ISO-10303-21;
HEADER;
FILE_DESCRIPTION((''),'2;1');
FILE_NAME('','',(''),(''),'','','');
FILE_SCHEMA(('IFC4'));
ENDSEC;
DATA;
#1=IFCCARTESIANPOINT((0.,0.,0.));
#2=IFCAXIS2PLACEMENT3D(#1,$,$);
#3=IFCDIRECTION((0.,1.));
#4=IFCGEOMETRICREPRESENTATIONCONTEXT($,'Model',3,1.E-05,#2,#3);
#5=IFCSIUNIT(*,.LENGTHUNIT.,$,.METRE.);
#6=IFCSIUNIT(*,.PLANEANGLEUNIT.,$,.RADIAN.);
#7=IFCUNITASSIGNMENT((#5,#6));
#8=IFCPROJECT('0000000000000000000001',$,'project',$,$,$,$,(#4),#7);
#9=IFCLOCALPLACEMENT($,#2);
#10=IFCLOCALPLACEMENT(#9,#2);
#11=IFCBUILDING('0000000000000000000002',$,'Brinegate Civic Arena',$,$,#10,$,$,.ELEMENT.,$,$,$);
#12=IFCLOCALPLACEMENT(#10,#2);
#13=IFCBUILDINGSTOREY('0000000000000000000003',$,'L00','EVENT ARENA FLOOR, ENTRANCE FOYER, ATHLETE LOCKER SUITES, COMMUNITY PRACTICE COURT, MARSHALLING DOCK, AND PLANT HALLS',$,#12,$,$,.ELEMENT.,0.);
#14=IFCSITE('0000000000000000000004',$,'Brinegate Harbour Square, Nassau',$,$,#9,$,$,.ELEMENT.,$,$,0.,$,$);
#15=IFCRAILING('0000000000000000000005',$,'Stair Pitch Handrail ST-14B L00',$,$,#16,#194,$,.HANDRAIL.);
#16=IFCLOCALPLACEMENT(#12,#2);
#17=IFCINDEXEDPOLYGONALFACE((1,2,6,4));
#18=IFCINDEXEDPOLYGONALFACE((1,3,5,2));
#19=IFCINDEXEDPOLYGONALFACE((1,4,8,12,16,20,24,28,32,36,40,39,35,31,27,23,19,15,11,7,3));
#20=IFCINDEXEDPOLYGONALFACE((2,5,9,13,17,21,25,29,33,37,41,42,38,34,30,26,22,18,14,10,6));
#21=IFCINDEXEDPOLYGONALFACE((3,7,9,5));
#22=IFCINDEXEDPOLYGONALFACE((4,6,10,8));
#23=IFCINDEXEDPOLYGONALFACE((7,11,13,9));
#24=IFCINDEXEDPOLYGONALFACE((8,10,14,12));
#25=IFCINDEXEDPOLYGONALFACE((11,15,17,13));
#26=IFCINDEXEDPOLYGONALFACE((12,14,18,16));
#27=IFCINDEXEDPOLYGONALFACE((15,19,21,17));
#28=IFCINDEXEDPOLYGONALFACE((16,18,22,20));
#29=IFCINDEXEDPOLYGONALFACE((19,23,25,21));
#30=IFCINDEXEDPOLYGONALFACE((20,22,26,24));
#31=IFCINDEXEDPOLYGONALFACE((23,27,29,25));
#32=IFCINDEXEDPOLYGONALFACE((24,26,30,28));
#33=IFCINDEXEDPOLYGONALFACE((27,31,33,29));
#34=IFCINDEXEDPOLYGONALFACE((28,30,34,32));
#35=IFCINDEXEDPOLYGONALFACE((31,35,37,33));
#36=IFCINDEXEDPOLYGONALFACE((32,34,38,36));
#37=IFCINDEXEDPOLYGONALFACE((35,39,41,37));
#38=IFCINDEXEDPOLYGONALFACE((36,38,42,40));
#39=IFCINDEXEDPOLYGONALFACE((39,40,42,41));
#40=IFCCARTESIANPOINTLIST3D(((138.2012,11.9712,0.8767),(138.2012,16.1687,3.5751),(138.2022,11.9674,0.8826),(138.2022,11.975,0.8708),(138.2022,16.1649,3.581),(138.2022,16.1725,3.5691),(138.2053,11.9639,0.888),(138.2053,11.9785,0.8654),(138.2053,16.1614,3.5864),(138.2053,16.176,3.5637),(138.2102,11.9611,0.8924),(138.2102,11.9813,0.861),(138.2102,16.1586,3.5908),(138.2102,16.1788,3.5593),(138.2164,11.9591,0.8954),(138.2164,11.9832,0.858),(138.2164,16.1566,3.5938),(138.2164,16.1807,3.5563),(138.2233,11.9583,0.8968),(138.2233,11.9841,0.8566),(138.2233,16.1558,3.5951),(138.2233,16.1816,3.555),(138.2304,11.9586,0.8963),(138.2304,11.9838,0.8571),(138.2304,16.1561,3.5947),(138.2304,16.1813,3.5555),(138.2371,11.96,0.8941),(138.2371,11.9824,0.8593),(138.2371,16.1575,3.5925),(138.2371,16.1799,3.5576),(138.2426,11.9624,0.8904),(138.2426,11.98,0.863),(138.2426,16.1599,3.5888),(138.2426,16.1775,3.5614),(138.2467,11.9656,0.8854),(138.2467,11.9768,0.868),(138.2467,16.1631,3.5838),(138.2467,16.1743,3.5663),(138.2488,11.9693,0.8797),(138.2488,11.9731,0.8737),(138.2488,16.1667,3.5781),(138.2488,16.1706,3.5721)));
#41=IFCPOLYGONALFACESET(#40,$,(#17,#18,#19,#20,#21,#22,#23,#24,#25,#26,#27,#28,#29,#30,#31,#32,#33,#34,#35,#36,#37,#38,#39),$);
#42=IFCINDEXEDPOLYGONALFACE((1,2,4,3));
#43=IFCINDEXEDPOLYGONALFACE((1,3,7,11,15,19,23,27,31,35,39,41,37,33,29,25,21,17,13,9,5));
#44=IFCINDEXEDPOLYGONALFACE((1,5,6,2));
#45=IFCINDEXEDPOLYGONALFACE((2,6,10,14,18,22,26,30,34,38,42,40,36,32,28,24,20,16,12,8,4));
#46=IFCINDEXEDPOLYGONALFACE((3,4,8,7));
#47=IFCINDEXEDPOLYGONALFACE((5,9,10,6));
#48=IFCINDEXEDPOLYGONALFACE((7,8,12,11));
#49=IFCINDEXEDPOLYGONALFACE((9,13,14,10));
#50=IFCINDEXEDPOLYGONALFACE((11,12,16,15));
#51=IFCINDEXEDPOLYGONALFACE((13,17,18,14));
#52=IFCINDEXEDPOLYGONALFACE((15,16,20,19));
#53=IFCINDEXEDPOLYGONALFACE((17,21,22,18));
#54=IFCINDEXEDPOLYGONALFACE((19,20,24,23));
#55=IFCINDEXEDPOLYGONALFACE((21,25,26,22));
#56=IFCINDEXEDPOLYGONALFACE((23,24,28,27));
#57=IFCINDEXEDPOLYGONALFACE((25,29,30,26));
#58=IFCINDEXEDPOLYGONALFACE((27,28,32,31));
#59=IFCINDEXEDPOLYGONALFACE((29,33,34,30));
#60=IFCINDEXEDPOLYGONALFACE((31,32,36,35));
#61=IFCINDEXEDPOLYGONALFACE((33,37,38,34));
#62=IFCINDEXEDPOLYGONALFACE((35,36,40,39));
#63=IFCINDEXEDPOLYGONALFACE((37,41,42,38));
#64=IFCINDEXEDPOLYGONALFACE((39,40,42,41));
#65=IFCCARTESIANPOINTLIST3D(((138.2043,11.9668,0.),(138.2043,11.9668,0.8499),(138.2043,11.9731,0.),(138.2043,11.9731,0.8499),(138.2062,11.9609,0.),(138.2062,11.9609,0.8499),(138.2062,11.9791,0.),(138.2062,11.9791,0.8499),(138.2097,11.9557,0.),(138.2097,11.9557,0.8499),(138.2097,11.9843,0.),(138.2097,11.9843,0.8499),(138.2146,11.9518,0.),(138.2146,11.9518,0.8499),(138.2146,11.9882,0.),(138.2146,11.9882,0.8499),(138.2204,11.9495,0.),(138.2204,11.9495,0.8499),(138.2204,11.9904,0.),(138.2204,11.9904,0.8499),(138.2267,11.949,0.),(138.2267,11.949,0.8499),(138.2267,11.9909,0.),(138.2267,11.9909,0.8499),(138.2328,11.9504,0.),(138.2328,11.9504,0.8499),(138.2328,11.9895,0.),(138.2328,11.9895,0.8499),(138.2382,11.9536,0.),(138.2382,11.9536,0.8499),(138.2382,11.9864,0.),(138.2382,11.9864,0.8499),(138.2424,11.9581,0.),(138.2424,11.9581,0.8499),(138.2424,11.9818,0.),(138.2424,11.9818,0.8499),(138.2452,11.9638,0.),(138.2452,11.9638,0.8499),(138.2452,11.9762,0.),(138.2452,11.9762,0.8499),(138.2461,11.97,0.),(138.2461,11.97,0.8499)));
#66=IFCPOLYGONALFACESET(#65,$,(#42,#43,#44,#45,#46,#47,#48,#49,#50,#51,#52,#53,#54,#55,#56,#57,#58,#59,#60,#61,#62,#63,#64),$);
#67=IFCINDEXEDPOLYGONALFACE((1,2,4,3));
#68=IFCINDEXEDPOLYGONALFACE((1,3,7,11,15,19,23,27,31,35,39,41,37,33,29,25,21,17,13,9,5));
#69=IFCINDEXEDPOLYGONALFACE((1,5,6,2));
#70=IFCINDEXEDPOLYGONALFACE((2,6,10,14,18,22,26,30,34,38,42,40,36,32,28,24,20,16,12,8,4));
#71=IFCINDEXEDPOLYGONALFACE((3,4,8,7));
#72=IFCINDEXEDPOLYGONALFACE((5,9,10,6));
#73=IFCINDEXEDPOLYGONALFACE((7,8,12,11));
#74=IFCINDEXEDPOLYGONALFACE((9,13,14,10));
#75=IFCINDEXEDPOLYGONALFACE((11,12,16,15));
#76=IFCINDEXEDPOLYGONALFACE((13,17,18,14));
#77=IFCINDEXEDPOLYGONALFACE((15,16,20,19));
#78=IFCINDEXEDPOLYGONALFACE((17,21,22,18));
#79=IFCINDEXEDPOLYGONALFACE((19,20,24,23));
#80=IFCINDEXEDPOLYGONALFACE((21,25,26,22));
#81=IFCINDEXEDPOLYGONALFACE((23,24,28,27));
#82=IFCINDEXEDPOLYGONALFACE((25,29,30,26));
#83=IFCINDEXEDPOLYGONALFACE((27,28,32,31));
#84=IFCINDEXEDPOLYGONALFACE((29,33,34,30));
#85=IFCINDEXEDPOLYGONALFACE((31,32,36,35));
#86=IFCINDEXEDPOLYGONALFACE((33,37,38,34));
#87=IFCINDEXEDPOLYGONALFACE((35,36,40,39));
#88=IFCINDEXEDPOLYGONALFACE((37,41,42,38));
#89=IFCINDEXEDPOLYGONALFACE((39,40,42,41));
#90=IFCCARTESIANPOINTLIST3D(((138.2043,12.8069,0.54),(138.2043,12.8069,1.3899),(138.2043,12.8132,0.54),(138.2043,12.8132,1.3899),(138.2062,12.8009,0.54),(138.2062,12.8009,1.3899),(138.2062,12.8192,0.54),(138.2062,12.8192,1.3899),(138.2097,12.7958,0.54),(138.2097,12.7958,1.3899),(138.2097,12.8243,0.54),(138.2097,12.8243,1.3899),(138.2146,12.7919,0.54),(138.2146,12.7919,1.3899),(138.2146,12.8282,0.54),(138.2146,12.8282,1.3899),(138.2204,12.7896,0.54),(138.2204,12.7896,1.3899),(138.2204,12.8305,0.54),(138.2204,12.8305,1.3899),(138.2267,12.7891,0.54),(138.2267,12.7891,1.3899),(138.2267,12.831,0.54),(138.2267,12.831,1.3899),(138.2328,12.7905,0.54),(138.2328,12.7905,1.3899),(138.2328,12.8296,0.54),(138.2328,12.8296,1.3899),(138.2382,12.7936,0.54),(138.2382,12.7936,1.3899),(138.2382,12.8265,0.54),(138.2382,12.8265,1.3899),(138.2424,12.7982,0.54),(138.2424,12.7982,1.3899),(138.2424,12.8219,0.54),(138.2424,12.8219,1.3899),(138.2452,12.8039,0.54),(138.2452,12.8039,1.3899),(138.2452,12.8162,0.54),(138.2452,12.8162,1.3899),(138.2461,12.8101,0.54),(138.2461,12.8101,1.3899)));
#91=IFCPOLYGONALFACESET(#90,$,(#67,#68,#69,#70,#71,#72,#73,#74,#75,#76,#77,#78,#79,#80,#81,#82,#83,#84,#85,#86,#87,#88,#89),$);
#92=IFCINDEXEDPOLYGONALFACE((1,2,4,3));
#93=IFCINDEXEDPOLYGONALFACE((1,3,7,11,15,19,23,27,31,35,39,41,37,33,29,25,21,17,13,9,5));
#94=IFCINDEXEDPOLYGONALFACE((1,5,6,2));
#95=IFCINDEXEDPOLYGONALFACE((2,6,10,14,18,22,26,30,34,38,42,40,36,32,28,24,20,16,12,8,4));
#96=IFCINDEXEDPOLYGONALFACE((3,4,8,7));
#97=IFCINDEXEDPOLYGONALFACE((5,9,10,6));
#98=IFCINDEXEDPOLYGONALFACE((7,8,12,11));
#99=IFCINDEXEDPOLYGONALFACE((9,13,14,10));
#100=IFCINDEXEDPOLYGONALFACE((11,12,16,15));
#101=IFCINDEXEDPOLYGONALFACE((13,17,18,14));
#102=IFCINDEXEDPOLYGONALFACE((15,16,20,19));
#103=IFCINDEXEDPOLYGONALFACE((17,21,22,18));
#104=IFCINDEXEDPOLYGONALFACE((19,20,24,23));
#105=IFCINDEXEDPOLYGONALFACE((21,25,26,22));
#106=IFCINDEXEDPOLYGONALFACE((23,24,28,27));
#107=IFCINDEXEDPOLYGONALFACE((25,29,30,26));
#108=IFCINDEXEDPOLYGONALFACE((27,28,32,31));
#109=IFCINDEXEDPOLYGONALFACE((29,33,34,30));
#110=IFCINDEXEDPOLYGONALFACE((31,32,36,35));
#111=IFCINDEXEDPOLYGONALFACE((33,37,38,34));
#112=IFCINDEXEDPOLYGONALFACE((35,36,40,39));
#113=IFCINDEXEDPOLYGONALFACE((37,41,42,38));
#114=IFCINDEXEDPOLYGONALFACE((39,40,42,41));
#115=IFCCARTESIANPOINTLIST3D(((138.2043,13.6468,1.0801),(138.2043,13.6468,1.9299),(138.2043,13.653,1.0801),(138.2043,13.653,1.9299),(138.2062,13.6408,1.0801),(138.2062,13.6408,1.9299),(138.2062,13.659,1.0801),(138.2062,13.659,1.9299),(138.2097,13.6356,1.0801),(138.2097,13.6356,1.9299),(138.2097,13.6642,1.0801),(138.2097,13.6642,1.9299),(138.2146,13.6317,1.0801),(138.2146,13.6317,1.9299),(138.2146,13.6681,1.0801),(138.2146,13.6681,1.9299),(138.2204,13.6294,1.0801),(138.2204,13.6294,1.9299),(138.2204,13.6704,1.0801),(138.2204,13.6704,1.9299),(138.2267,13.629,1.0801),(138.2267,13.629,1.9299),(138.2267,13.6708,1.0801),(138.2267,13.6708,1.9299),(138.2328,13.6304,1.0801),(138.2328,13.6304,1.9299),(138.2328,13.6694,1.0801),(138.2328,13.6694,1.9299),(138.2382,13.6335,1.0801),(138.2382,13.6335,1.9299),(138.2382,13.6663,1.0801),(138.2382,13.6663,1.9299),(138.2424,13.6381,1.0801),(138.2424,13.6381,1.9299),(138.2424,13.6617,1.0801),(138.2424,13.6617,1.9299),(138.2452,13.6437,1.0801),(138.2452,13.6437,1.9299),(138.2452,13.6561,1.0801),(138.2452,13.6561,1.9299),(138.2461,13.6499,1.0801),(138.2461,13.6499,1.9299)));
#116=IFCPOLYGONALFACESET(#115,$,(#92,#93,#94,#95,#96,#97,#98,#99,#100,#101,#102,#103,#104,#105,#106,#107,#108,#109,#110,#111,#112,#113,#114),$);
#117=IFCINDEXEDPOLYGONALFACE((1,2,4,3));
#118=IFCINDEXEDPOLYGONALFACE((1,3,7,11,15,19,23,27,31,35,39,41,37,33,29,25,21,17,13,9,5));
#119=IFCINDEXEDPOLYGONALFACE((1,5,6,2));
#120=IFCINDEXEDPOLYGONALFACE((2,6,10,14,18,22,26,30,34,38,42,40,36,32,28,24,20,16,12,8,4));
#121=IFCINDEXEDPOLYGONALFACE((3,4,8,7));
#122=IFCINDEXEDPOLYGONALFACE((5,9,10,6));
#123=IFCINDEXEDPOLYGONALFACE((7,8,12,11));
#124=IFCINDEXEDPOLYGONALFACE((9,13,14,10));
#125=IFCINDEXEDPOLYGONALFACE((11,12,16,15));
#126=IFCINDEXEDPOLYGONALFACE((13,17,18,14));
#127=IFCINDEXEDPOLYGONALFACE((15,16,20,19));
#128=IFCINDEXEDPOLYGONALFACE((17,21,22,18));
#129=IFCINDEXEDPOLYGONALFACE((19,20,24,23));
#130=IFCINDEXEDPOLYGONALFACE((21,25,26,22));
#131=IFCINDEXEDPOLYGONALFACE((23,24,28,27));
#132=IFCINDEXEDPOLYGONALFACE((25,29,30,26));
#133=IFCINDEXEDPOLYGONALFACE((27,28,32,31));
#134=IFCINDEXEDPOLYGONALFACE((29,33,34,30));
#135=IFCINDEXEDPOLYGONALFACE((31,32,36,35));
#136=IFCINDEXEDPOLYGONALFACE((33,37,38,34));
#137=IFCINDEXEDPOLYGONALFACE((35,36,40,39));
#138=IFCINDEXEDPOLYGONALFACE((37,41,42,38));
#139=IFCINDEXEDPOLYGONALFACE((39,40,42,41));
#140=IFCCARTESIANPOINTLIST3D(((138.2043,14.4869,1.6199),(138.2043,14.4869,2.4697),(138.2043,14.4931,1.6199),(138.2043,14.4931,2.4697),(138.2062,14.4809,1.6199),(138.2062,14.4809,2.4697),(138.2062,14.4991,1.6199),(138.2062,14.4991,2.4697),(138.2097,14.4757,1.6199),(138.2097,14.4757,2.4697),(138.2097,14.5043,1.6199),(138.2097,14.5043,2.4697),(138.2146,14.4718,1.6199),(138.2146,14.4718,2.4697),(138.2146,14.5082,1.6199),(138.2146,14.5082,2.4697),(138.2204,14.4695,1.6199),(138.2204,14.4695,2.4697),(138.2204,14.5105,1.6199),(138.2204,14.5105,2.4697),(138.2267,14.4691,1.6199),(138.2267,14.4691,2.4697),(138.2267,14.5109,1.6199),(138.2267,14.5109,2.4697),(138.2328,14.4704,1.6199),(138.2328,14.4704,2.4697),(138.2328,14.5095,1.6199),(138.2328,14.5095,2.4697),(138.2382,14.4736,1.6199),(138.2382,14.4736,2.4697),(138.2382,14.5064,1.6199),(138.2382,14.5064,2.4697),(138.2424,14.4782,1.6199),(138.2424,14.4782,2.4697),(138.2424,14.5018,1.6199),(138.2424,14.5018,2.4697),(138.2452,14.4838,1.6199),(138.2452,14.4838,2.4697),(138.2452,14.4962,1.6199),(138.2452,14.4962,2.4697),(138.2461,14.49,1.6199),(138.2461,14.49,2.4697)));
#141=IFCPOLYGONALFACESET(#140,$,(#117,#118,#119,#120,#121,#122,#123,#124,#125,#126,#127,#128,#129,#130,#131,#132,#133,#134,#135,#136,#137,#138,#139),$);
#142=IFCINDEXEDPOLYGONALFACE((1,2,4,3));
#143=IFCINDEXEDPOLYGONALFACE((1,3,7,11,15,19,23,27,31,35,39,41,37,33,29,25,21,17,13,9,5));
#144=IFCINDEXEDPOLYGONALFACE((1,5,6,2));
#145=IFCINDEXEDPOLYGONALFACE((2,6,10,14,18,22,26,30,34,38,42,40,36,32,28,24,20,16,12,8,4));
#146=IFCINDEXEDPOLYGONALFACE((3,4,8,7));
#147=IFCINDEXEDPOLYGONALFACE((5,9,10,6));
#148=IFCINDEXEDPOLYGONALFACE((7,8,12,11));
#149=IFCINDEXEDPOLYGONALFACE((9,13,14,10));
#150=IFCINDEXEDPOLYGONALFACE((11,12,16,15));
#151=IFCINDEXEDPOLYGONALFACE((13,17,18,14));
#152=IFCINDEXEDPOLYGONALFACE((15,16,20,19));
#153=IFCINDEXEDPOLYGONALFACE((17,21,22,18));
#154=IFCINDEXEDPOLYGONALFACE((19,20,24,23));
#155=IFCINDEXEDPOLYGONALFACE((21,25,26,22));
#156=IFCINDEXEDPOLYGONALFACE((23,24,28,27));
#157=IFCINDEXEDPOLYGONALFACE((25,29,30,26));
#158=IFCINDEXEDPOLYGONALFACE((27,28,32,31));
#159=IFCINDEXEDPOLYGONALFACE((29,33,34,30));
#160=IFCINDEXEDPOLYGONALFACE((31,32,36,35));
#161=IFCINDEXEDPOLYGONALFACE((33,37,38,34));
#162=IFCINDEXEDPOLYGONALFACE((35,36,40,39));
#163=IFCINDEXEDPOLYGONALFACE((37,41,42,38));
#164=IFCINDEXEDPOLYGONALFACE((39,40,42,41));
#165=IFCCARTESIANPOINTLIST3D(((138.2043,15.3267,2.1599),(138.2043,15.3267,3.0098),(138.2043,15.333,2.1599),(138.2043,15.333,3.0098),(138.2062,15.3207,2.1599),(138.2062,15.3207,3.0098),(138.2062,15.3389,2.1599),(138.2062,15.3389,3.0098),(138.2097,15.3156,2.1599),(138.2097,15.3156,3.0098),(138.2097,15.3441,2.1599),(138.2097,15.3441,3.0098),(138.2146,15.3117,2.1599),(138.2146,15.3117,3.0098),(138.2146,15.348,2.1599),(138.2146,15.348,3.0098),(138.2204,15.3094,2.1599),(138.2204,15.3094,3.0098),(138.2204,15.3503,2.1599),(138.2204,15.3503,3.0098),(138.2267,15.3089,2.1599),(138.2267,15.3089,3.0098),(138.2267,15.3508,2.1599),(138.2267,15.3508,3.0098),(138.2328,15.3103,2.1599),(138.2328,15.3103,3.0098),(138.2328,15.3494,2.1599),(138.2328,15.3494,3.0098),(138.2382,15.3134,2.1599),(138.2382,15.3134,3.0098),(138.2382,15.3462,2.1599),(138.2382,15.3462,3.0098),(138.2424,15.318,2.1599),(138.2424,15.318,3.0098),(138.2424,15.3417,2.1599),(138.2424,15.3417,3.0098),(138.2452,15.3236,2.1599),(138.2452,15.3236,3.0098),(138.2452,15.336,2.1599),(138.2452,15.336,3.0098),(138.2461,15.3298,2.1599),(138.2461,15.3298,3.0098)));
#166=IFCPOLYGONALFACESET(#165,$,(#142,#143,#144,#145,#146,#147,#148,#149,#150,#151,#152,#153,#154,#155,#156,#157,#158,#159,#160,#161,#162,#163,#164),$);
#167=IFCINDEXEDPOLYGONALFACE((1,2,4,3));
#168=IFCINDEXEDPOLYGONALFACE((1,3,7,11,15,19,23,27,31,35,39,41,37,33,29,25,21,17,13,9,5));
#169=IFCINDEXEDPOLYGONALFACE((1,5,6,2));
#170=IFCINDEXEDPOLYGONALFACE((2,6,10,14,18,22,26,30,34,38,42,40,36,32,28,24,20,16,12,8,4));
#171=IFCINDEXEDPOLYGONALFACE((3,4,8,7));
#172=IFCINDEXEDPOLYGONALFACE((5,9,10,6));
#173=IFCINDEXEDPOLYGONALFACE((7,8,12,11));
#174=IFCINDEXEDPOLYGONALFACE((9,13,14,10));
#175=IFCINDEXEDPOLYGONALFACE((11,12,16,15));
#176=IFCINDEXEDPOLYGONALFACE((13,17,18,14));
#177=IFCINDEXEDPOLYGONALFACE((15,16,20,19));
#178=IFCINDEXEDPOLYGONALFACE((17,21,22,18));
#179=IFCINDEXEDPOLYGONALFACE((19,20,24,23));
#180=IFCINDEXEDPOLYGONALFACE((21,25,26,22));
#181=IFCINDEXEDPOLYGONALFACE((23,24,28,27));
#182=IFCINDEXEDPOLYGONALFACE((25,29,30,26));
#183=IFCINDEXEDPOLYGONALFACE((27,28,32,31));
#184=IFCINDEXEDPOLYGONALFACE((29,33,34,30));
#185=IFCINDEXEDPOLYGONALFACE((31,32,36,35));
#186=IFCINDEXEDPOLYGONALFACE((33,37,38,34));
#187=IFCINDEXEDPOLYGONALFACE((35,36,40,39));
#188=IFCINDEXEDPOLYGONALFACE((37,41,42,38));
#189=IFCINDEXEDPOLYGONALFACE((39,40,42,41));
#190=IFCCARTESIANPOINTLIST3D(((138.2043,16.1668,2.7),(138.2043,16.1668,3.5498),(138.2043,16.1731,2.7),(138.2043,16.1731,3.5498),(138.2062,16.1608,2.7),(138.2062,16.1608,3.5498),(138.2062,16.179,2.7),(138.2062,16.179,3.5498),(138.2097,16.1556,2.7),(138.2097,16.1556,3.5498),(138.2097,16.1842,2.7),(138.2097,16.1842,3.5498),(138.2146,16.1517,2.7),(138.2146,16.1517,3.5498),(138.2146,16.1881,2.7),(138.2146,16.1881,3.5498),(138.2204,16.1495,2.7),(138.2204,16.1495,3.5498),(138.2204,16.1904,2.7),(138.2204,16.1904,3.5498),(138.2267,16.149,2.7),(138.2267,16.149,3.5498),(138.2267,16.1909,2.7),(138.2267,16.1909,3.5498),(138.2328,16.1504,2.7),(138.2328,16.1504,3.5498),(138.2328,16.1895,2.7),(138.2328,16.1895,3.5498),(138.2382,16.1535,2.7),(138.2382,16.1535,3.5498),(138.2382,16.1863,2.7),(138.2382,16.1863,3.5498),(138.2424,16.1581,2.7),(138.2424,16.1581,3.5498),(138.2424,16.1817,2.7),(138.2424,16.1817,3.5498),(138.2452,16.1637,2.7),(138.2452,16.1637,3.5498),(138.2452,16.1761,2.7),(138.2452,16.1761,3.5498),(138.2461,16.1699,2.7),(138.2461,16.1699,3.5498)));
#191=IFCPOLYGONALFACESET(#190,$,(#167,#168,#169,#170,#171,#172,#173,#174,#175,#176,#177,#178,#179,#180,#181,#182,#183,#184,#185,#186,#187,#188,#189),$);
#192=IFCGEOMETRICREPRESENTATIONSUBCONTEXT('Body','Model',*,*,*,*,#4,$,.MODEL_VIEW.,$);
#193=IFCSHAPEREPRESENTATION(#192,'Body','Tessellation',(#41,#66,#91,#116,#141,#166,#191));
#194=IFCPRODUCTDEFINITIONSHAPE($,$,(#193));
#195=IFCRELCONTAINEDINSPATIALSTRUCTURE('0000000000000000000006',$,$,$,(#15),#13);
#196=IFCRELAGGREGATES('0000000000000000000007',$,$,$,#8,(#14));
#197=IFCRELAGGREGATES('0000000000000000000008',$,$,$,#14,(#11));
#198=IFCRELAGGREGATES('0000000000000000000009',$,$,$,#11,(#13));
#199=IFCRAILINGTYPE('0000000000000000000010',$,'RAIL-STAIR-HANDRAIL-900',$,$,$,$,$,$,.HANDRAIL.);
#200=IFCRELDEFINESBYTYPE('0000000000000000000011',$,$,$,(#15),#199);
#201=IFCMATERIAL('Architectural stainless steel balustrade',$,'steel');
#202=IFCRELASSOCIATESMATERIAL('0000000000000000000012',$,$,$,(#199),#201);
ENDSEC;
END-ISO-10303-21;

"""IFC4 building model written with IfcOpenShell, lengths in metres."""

from ifc_helpers import new_model, si_unit, direction, frame, origin, origin_2d, place, context, subcontext, project, spatial, circle, extrude, material, type_object, element, save


model = new_model("IFC4")

# Units and contexts
model_context = context("Model", 3, precision=1e-05, world=origin(), true_north=direction((0.0, 1.0)))
body_context = subcontext(model_context, "Body", "Model", "MODEL_VIEW")
ifc_project = project(units=[si_unit("LENGTHUNIT", "METRE"), si_unit("PLANEANGLEUNIT", "RADIAN")], contexts=[model_context])

# Site, building, storey
site_placement = place(None, origin())
site = spatial("IfcSite", under=ifc_project, at=site_placement, Name="Brinegate Harbour Square, Nassau", CompositionType="ELEMENT", RefElevation=0.0)
building_placement = place(site_placement, origin())
building = spatial("IfcBuilding", under=site, at=building_placement, Name="Brinegate Civic Arena", CompositionType="ELEMENT")
storey_placement = place(building_placement, origin())
storey = spatial("IfcBuildingStorey", under=building, at=storey_placement, Name="L00", Description="EVENT ARENA FLOOR, ENTRANCE FOYER, ATHLETE LOCKER SUITES, COMMUNITY PRACTICE COURT, MARSHALLING DOCK, AND PLANT HALLS", CompositionType="ELEMENT", Elevation=0.0)

# Railing
ifc_material_1 = material(Name="Architectural stainless steel balustrade", Category="steel")
railing_type_1 = type_object("IfcRailingType", Name="RAIL-STAIR-HANDRAIL-900", PredefinedType="HANDRAIL", material=ifc_material_1)
for number, where, name in (
    (1, (138.2251, 11.97, 0.0), "Stair Pitch Handrail ST-14B L00"),
):
    element("IfcRailing", number, at=place(storey_placement, frame(where)), inside=storey, type_object=railing_type_1, Name=name, PredefinedType="HANDRAIL", context=body_context, shape_type="SweptSolid", body=[
        extrude(circle(Radius=0.0239, at=origin_2d()), frame((0.0, 0.0012, 0.8767), z_axis=(0.0, 0.84118, 0.540755), x_axis=(-1.0, 0.0, 0.0)), (0.0, 0.0, 1.0), 4.99),
        extrude(circle(Radius=0.021, at=origin_2d()), origin(), (0.0, 0.0, 1.0), 0.8499),
        extrude(circle(Radius=0.021, at=origin_2d()), frame((0.0, 0.8401, 0.54)), (0.0, 0.0, 1.0), 0.8499),
        extrude(circle(Radius=0.021, at=origin_2d()), frame((0.0, 1.6799, 1.0801)), (0.0, 0.0, 1.0), 0.8499),
        extrude(circle(Radius=0.021, at=origin_2d()), frame((0.0, 2.52, 1.6199)), (0.0, 0.0, 1.0), 0.8499),
        extrude(circle(Radius=0.021, at=origin_2d()), frame((0.0, 3.3599, 2.1599)), (0.0, 0.0, 1.0), 0.8499),
        extrude(circle(Radius=0.021, at=origin_2d()), frame((0.0, 4.2, 2.7)), (0.0, 0.0, 1.0), 0.8499),
    ])

save(model, "model.ifc")
